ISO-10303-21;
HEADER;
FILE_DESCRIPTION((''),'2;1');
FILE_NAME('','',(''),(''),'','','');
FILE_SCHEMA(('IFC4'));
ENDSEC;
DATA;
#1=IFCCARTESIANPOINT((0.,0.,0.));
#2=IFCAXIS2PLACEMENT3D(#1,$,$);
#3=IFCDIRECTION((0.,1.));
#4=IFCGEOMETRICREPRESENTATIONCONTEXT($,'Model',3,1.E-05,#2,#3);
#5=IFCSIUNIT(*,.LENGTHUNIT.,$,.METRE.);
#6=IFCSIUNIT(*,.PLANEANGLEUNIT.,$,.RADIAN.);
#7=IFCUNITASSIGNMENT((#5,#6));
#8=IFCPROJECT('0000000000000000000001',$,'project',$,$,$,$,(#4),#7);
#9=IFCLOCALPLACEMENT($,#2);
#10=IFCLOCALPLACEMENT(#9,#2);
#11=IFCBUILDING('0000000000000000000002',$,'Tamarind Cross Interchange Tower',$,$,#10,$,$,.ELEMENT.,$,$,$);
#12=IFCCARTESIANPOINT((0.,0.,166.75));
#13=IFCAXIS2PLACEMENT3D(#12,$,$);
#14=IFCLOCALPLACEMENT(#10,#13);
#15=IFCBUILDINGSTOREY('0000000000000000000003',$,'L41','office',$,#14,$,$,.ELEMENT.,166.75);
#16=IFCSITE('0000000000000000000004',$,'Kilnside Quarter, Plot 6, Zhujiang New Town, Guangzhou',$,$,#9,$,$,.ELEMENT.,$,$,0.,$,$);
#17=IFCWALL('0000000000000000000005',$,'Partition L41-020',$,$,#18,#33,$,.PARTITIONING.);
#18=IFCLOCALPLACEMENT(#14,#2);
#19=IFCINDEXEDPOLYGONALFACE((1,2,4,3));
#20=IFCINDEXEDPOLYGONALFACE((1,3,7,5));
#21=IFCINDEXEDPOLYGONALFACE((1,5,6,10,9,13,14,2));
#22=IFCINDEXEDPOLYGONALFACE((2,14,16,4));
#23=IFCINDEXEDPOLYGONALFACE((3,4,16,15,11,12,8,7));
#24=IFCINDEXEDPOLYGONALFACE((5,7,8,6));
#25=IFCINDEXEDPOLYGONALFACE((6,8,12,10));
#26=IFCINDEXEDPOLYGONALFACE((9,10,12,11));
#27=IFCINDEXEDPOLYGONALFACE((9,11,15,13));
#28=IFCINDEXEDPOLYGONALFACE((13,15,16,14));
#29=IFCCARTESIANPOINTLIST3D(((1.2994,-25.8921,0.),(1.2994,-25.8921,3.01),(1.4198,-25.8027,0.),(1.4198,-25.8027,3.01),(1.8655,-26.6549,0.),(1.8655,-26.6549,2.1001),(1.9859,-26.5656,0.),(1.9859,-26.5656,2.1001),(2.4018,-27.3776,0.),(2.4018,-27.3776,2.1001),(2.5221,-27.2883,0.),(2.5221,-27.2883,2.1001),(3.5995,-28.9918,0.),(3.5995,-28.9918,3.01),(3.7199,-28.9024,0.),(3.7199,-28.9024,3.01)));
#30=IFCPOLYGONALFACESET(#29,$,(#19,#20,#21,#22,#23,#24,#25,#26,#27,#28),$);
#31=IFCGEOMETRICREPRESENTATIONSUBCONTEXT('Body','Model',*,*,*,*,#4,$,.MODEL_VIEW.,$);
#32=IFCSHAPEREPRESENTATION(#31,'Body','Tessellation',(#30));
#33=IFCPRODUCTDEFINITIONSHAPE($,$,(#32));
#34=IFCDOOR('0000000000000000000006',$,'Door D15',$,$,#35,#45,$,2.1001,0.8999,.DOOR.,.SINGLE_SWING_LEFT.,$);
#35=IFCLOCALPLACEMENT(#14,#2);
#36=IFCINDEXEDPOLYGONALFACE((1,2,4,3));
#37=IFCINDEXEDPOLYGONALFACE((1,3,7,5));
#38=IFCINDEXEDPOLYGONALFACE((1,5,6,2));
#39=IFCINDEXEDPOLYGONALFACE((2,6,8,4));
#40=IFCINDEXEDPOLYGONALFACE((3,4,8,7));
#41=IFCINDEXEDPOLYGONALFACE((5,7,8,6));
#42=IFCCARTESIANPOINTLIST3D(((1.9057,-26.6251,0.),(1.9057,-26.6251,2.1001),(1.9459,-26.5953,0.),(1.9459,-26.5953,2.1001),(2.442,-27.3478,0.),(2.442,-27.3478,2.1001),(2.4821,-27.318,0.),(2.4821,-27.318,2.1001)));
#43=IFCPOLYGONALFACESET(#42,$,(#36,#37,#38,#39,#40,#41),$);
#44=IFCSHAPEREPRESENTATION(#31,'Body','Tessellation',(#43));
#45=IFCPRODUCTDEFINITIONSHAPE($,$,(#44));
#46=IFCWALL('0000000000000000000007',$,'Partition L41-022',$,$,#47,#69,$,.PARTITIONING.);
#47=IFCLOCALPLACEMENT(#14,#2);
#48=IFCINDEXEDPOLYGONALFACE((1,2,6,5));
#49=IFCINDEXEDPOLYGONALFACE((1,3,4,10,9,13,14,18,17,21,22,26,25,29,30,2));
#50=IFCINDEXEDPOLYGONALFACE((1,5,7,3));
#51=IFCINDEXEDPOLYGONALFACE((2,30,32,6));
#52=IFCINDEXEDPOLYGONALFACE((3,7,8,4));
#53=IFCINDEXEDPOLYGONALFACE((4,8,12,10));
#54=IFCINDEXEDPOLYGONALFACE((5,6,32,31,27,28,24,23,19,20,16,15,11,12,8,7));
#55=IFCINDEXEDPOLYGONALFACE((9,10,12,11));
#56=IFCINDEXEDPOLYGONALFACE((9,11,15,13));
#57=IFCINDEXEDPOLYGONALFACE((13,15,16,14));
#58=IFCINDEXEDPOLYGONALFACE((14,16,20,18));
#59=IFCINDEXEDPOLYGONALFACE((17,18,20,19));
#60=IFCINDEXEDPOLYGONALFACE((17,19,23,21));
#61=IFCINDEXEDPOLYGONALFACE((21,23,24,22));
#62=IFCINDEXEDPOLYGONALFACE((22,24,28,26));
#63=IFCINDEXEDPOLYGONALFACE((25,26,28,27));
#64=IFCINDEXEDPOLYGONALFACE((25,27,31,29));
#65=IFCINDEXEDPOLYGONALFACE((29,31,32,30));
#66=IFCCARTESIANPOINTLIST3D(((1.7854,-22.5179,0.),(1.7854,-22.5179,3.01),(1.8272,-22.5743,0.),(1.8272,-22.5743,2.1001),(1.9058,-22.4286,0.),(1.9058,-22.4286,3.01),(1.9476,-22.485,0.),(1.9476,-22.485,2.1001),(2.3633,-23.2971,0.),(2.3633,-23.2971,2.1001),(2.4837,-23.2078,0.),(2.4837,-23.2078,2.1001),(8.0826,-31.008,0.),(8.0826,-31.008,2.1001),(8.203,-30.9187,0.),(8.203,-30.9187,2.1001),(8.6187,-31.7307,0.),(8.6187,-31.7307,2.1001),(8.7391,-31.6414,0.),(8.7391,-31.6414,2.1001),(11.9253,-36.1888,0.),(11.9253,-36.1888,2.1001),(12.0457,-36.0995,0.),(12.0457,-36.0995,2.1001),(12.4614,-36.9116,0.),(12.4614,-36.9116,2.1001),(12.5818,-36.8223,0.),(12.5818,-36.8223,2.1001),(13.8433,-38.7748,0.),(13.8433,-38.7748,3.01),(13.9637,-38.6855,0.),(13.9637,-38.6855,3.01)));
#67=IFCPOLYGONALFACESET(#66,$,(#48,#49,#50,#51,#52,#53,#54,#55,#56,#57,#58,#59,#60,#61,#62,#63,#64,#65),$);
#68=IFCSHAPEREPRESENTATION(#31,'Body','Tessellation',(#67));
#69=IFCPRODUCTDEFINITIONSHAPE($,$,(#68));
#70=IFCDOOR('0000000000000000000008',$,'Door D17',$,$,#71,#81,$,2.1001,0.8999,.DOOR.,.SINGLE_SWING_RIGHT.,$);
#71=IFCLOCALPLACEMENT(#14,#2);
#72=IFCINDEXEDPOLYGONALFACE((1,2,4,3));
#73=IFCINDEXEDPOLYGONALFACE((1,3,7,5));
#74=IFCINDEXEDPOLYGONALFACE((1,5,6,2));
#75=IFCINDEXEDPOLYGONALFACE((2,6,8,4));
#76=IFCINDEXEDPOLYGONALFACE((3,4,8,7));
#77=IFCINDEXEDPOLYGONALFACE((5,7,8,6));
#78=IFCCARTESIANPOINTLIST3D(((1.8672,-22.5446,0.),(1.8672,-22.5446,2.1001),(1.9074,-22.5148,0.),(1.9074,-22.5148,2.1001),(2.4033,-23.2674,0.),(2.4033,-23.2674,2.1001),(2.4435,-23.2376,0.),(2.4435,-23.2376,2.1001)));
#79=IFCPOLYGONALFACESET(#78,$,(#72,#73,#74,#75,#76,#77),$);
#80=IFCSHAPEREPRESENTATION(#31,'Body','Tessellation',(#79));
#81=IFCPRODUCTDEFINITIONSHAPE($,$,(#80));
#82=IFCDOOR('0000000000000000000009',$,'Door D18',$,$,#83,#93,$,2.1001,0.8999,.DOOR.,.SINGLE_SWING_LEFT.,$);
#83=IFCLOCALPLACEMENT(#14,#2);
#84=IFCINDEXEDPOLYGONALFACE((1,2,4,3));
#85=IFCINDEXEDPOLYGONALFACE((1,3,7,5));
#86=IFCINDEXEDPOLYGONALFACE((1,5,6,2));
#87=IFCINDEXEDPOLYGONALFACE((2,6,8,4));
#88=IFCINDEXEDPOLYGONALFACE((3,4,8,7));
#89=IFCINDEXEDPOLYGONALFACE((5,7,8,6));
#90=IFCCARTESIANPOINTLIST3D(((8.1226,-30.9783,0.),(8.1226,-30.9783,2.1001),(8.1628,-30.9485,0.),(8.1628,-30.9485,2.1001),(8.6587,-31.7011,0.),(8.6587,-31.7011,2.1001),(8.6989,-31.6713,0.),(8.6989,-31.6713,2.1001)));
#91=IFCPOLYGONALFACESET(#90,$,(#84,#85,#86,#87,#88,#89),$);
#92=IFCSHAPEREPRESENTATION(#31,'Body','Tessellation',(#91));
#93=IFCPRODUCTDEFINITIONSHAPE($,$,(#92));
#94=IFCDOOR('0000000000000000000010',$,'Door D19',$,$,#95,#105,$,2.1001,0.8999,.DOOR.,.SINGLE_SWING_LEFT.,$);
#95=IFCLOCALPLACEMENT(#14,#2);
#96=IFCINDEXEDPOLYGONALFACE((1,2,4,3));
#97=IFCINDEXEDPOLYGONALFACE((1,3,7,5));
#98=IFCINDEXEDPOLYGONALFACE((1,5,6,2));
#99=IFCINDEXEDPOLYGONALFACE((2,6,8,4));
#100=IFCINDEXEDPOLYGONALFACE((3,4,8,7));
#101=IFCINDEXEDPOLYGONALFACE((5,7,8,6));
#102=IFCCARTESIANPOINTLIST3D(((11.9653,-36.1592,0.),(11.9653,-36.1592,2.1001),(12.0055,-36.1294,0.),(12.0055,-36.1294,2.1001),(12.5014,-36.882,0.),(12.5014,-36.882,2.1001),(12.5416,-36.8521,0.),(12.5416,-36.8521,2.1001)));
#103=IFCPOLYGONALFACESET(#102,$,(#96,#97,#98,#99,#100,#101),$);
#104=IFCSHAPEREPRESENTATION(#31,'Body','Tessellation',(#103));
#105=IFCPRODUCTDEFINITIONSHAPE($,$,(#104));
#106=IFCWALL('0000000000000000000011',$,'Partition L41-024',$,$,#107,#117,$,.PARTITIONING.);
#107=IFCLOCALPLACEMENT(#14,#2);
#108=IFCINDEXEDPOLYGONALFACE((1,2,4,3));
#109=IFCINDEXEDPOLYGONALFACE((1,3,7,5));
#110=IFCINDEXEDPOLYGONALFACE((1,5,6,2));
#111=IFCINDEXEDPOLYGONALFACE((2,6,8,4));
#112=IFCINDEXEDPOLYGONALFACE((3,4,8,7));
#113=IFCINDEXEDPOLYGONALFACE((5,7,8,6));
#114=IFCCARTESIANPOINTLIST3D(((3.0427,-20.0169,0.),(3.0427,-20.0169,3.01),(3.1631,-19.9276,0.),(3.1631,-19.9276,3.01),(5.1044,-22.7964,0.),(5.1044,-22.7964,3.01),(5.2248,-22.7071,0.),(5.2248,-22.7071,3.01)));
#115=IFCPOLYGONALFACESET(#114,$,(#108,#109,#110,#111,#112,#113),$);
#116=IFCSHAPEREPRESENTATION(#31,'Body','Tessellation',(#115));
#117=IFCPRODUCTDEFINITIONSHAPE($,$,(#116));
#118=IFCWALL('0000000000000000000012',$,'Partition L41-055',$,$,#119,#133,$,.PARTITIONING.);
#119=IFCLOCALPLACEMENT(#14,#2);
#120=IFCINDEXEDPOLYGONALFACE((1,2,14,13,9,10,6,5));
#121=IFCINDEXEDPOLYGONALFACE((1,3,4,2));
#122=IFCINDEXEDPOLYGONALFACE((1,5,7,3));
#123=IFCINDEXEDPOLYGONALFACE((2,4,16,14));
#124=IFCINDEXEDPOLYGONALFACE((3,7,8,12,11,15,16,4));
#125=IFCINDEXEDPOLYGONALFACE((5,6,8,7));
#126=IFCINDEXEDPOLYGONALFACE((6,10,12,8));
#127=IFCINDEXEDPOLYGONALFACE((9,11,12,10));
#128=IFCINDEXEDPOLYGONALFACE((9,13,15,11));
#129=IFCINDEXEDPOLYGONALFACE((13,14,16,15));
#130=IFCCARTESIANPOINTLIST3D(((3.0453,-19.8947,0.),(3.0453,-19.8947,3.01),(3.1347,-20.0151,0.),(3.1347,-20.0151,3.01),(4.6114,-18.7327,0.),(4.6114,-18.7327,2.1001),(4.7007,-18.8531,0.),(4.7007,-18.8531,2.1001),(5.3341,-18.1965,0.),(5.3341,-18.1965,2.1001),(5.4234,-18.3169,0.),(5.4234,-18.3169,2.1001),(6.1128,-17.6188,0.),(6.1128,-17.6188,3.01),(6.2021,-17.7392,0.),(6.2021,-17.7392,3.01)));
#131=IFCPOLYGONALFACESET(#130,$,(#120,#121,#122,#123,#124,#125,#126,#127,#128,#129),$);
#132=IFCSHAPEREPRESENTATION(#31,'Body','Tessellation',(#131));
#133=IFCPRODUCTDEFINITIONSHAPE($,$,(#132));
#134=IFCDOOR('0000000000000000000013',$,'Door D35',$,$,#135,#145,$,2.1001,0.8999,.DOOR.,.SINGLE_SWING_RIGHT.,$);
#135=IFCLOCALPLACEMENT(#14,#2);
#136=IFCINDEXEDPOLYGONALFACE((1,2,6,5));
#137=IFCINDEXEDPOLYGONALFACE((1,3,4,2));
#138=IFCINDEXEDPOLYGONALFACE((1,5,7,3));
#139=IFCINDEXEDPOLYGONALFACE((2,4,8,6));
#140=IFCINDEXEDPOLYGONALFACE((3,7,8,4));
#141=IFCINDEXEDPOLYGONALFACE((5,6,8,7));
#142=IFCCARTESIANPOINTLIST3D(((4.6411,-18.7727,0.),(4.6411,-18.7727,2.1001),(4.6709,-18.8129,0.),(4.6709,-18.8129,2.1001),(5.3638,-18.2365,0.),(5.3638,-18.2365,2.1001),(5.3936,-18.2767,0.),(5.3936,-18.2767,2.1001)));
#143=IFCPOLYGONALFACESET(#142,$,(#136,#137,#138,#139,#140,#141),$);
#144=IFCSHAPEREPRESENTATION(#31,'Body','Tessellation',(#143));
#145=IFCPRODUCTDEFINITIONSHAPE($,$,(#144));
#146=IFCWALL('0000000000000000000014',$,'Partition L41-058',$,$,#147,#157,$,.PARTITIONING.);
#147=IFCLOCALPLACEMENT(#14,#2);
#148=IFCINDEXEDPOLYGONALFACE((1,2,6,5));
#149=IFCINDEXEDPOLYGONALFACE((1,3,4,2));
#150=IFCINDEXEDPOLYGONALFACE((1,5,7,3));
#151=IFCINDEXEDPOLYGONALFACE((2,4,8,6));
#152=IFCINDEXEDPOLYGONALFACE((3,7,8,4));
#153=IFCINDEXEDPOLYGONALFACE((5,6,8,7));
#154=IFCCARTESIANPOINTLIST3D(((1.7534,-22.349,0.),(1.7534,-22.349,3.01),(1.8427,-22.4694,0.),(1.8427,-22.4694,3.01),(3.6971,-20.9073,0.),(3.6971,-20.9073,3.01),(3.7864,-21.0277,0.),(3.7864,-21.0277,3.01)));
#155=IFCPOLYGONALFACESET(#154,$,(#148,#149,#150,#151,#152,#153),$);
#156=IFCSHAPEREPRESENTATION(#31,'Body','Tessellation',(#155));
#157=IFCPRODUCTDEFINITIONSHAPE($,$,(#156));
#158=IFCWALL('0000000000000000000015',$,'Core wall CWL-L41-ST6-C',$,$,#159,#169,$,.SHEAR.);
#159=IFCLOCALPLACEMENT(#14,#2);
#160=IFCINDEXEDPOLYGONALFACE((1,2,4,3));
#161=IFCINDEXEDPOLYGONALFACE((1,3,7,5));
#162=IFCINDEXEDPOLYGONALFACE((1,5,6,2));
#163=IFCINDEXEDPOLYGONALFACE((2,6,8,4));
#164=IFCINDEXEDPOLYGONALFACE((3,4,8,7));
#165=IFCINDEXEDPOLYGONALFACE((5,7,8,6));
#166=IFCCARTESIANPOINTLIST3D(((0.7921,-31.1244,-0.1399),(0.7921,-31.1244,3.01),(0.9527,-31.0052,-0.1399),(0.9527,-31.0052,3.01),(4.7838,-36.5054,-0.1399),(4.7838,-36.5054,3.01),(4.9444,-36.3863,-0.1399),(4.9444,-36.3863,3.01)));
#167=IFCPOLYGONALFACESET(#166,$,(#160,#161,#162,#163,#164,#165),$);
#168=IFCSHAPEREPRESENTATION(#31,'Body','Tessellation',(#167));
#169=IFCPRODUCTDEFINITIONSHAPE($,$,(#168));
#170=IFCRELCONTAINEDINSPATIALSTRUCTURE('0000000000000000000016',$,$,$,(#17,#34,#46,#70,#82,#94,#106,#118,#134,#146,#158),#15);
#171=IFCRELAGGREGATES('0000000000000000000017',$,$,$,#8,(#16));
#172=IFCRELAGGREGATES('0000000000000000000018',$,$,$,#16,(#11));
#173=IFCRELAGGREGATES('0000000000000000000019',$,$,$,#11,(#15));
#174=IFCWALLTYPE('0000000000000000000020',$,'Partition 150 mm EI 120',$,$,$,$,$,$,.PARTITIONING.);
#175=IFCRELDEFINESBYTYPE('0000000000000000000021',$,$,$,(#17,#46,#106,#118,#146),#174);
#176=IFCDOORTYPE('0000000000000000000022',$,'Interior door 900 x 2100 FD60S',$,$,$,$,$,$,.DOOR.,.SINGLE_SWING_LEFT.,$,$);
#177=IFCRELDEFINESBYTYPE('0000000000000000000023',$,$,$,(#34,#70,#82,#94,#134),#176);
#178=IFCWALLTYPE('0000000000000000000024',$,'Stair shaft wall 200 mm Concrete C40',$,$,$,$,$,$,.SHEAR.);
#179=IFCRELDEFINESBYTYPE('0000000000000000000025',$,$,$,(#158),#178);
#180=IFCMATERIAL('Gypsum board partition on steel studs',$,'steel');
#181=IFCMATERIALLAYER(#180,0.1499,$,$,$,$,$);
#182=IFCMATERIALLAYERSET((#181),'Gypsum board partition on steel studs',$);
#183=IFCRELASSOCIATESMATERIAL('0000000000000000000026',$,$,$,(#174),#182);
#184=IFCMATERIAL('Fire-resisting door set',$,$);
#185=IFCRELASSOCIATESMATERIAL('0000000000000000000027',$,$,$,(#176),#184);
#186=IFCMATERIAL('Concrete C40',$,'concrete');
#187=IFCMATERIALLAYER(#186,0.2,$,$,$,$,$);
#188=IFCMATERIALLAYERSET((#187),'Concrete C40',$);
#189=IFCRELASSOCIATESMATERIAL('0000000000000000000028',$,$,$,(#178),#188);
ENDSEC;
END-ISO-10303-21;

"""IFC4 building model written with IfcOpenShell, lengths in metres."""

from ifc_helpers import new_model, si_unit, direction, frame, frame_2d, origin, place, context, subcontext, project, spatial, rectangle, extrude, material, layer, layer_set, type_object, element, fill, save


model = new_model("IFC4")

# Units and contexts
model_context = context("Model", 3, precision=1e-05, world=origin(), true_north=direction((0.0, 1.0)))
body_context = subcontext(model_context, "Body", "Model", "MODEL_VIEW")
ifc_project = project(units=[si_unit("LENGTHUNIT", "METRE"), si_unit("PLANEANGLEUNIT", "RADIAN")], contexts=[model_context])

# Site, building, storey
site_placement = place(None, origin())
site = spatial("IfcSite", under=ifc_project, at=site_placement, Name="Kilnside Quarter, Plot 6, Zhujiang New Town, Guangzhou", CompositionType="ELEMENT", RefElevation=0.0)
building_placement = place(site_placement, origin())
building = spatial("IfcBuilding", under=site, at=building_placement, Name="Tamarind Cross Interchange Tower", CompositionType="ELEMENT")
storey_placement = place(building_placement, frame((0.0, 0.0, 166.75)))
storey = spatial("IfcBuildingStorey", under=building, at=storey_placement, Name="L41", Description="office", CompositionType="ELEMENT", Elevation=166.75)

# Wall, opening, door
ifc_material_1 = material(Name="Gypsum board partition on steel studs", Category="steel")
ifc_layer_1 = layer(ifc_material_1, 0.1499)
ifc_layer_set_1 = layer_set([ifc_layer_1], Name="Gypsum board partition on steel studs")
wall_type_1 = type_object("IfcWallType", Name="Partition 150 mm EI 120", PredefinedType="PARTITIONING", material=ifc_layer_set_1)
wall_1_placement = place(storey_placement, frame((1.3596, -25.8474, 0.0), z_axis=(0.0, 0.0, 1.0), x_axis=(0.595904, -0.803056, 0.0)))
wall_1 = element("IfcWall", 1, at=wall_1_placement, inside=storey, type_object=wall_type_1, Name="Partition L41-020", PredefinedType="PARTITIONING", context=body_context, shape_type="SweptSolid", body=[
    extrude(rectangle(XDim=3.8599, YDim=0.1499, at=frame_2d((1.9299, 0.0))), origin(), (0.0, 0.0, 1.0), 3.01),
])
opening_1_placement = place(wall_1_placement, frame((0.95, 0.0, 0.0)))
opening_1 = element("IfcOpeningElement", 2, at=opening_1_placement, cuts=wall_1, PredefinedType="OPENING", context=body_context, shape_type="SweptSolid", body=[
    extrude(rectangle(XDim=0.8999, YDim=2.1001, at=frame_2d((0.45, 1.05))), frame((0.0, 0.085, 0.0), z_axis=(0.0, -1.0, 0.0), x_axis=(1.0, 0.0, 0.0)), (0.0, 0.0, 1.0), 0.1699),
])
ifc_material_2 = material(Name="Fire-resisting door set")
door_type = type_object("IfcDoorType", Name="Interior door 900 x 2100 FD60S", OperationType="SINGLE_SWING_LEFT", PredefinedType="DOOR", material=ifc_material_2)
door_1_placement = place(opening_1_placement, frame((0.8999, 0.0, 0.0), z_axis=(0.0, 0.0, 1.0), x_axis=(-1.0, 0.0, 0.0)))
door_1 = element("IfcDoor", 3, at=door_1_placement, inside=storey, type_object=door_type, Name="Door D15", OperationType="SINGLE_SWING_LEFT", OverallHeight=2.1001, OverallWidth=0.8999, PredefinedType="DOOR", context=body_context, shape_type="SweptSolid", body=[
    extrude(rectangle(XDim=0.8999, YDim=2.1001, at=frame_2d((0.45, 1.05))), frame((0.0, 0.0249, 0.0), z_axis=(0.0, -1.0, 0.0), x_axis=(1.0, 0.0, 0.0)), (0.0, 0.0, 1.0), 0.05),
])
fill(opening_1, door_1)

# Wall, openings, doors
wall_2_placement = place(storey_placement, frame((1.8457, -22.4734, 0.0), z_axis=(0.0, 0.0, 1.0), x_axis=(0.59573, -0.803185, 0.0)))
wall_2 = element("IfcWall", 4, at=wall_2_placement, inside=storey, type_object=wall_type_1, Name="Partition L41-022", PredefinedType="PARTITIONING", context=body_context, shape_type="SweptSolid", body=[
    extrude(rectangle(XDim=20.2405, YDim=0.1499, at=frame_2d((10.1201, 0.0))), origin(), (0.0, 0.0, 1.0), 3.01),
])
opening_2_placement = place(wall_2_placement, frame((0.0701, 0.0, 0.0)))
opening_2 = element("IfcOpeningElement", 5, at=opening_2_placement, cuts=wall_2, PredefinedType="OPENING", context=body_context, shape_type="SweptSolid", body=[
    extrude(rectangle(XDim=0.8999, YDim=2.1001, at=frame_2d((0.45, 1.05))), frame((0.0, 0.085, 0.0), z_axis=(0.0, -1.0, 0.0), x_axis=(1.0, 0.0, 0.0)), (0.0, 0.0, 1.0), 0.1699),
])
opening_3_placement = place(wall_2_placement, frame((10.5703, 0.0, 0.0)))
opening_3 = element("IfcOpeningElement", 6, at=opening_3_placement, cuts=wall_2, PredefinedType="OPENING", context=body_context, shape_type="SweptSolid", body=[
    extrude(rectangle(XDim=0.8999, YDim=2.1001, at=frame_2d((0.45, 1.05))), frame((0.0, 0.085, 0.0), z_axis=(0.0, -1.0, 0.0), x_axis=(1.0, 0.0, 0.0)), (0.0, 0.0, 1.0), 0.1699),
])
opening_4_placement = place(wall_2_placement, frame((17.0208, 0.0, 0.0)))
opening_4 = element("IfcOpeningElement", 7, at=opening_4_placement, cuts=wall_2, PredefinedType="OPENING", context=body_context, shape_type="SweptSolid", body=[
    extrude(rectangle(XDim=0.8999, YDim=2.1001, at=frame_2d((0.45, 1.05))), frame((0.0, 0.085, 0.0), z_axis=(0.0, -1.0, 0.0), x_axis=(1.0, 0.0, 0.0)), (0.0, 0.0, 1.0), 0.1699),
])
door_2_placement = place(opening_2_placement, origin())
door_2 = element("IfcDoor", 8, at=door_2_placement, inside=storey, type_object=door_type, Name="Door D17", OperationType="SINGLE_SWING_RIGHT", OverallHeight=2.1001, OverallWidth=0.8999, PredefinedType="DOOR", context=body_context, shape_type="SweptSolid", body=[
    extrude(rectangle(XDim=0.8999, YDim=2.1001, at=frame_2d((0.45, 1.05))), frame((0.0, 0.0249, 0.0), z_axis=(0.0, -1.0, 0.0), x_axis=(1.0, 0.0, 0.0)), (0.0, 0.0, 1.0), 0.05),
])
fill(opening_2, door_2)
door_3_placement = place(opening_3_placement, origin())
door_3 = element("IfcDoor", 9, at=door_3_placement, inside=storey, type_object=door_type, Name="Door D18", OperationType="SINGLE_SWING_LEFT", OverallHeight=2.1001, OverallWidth=0.8999, PredefinedType="DOOR", context=body_context, shape_type="SweptSolid", body=[
    extrude(rectangle(XDim=0.8999, YDim=2.1001, at=frame_2d((0.45, 1.05))), frame((0.0, 0.0249, 0.0), z_axis=(0.0, -1.0, 0.0), x_axis=(1.0, 0.0, 0.0)), (0.0, 0.0, 1.0), 0.05),
])
fill(opening_3, door_3)
door_4_placement = place(opening_4_placement, origin())
door_4 = element("IfcDoor", 10, at=door_4_placement, inside=storey, type_object=door_type, Name="Door D19", OperationType="SINGLE_SWING_LEFT", OverallHeight=2.1001, OverallWidth=0.8999, PredefinedType="DOOR", context=body_context, shape_type="SweptSolid", body=[
    extrude(rectangle(XDim=0.8999, YDim=2.1001, at=frame_2d((0.45, 1.05))), frame((0.0, 0.0249, 0.0), z_axis=(0.0, -1.0, 0.0), x_axis=(1.0, 0.0, 0.0)), (0.0, 0.0, 1.0), 0.05),
])
fill(opening_4, door_4)

# Wall
wall_3_placement = place(storey_placement, frame((3.1028, -19.9722, 0.0), z_axis=(0.0, 0.0, 1.0), x_axis=(0.595759, -0.803163, 0.0)))
element("IfcWall", 11, at=wall_3_placement, inside=storey, type_object=wall_type_1, Name="Partition L41-024", PredefinedType="PARTITIONING", context=body_context, shape_type="SweptSolid", body=[
    extrude(rectangle(XDim=3.4607, YDim=0.1499, at=frame_2d((1.7305, 0.0))), origin(), (0.0, 0.0, 1.0), 3.01),
])

# Wall, opening, door
wall_4_placement = place(storey_placement, frame((3.0901, -19.9548, 0.0), z_axis=(0.0, 0.0, 1.0), x_axis=(0.803088, 0.59586, 0.0)))
wall_4 = element("IfcWall", 12, at=wall_4_placement, inside=storey, type_object=wall_type_1, Name="Partition L41-055", PredefinedType="PARTITIONING", context=body_context, shape_type="SweptSolid", body=[
    extrude(rectangle(XDim=3.8196, YDim=0.1499, at=frame_2d((1.9097, 0.0))), origin(), (0.0, 0.0, 1.0), 3.01),
])
opening_5_placement = place(wall_4_placement, frame((1.95, 0.0, 0.0)))
opening_5 = element("IfcOpeningElement", 13, at=opening_5_placement, cuts=wall_4, PredefinedType="OPENING", context=body_context, shape_type="SweptSolid", body=[
    extrude(rectangle(XDim=0.8999, YDim=2.1001, at=frame_2d((0.45, 1.05))), frame((0.0, 0.085, 0.0), z_axis=(0.0, -1.0, 0.0), x_axis=(1.0, 0.0, 0.0)), (0.0, 0.0, 1.0), 0.1699),
])
door_5_placement = place(opening_5_placement, frame((0.8999, 0.0, 0.0), z_axis=(0.0, 0.0, 1.0), x_axis=(-1.0, 0.0, 0.0)))
door_5 = element("IfcDoor", 14, at=door_5_placement, inside=storey, type_object=door_type, Name="Door D35", OperationType="SINGLE_SWING_RIGHT", OverallHeight=2.1001, OverallWidth=0.8999, PredefinedType="DOOR", context=body_context, shape_type="SweptSolid", body=[
    extrude(rectangle(XDim=0.8999, YDim=2.1001, at=frame_2d((0.45, 1.05))), frame((0.0, 0.0249, 0.0), z_axis=(0.0, -1.0, 0.0), x_axis=(1.0, 0.0, 0.0)), (0.0, 0.0, 1.0), 0.05),
])
fill(opening_5, door_5)

# Walls
wall_5_placement = place(storey_placement, frame((1.7981, -22.4092, 0.0), z_axis=(0.0, 0.0, 1.0), x_axis=(0.803173, 0.595746, 0.0)))
element("IfcWall", 15, at=wall_5_placement, inside=storey, type_object=wall_type_1, Name="Partition L41-058", PredefinedType="PARTITIONING", context=body_context, shape_type="SweptSolid", body=[
    extrude(rectangle(XDim=2.4199, YDim=0.1499, at=frame_2d((1.21, 0.0))), origin(), (0.0, 0.0, 1.0), 3.01),
])
ifc_material_3 = material(Name="Concrete C40", Category="concrete")
ifc_layer_2 = layer(ifc_material_3, 0.2)
ifc_layer_set_2 = layer_set([ifc_layer_2], Name="Concrete C40")
wall_type_2 = type_object("IfcWallType", Name="Stair shaft wall 200 mm Concrete C40", PredefinedType="SHEAR", material=ifc_layer_set_2)
wall_6_placement = place(storey_placement, frame((0.8723, -31.0647, -0.1399), z_axis=(0.0, 0.0, 1.0), x_axis=(0.595776, -0.80315, 0.0)))
element("IfcWall", 16, at=wall_6_placement, inside=storey, type_object=wall_type_2, Name="Core wall CWL-L41-ST6-C", PredefinedType="SHEAR", context=body_context, shape_type="SweptSolid", body=[
    extrude(rectangle(XDim=6.7, YDim=0.2, at=frame_2d((3.3501, 0.0))), origin(), (0.0, 0.0, 1.0), 3.1499),
])

save(model, "model.ifc")
